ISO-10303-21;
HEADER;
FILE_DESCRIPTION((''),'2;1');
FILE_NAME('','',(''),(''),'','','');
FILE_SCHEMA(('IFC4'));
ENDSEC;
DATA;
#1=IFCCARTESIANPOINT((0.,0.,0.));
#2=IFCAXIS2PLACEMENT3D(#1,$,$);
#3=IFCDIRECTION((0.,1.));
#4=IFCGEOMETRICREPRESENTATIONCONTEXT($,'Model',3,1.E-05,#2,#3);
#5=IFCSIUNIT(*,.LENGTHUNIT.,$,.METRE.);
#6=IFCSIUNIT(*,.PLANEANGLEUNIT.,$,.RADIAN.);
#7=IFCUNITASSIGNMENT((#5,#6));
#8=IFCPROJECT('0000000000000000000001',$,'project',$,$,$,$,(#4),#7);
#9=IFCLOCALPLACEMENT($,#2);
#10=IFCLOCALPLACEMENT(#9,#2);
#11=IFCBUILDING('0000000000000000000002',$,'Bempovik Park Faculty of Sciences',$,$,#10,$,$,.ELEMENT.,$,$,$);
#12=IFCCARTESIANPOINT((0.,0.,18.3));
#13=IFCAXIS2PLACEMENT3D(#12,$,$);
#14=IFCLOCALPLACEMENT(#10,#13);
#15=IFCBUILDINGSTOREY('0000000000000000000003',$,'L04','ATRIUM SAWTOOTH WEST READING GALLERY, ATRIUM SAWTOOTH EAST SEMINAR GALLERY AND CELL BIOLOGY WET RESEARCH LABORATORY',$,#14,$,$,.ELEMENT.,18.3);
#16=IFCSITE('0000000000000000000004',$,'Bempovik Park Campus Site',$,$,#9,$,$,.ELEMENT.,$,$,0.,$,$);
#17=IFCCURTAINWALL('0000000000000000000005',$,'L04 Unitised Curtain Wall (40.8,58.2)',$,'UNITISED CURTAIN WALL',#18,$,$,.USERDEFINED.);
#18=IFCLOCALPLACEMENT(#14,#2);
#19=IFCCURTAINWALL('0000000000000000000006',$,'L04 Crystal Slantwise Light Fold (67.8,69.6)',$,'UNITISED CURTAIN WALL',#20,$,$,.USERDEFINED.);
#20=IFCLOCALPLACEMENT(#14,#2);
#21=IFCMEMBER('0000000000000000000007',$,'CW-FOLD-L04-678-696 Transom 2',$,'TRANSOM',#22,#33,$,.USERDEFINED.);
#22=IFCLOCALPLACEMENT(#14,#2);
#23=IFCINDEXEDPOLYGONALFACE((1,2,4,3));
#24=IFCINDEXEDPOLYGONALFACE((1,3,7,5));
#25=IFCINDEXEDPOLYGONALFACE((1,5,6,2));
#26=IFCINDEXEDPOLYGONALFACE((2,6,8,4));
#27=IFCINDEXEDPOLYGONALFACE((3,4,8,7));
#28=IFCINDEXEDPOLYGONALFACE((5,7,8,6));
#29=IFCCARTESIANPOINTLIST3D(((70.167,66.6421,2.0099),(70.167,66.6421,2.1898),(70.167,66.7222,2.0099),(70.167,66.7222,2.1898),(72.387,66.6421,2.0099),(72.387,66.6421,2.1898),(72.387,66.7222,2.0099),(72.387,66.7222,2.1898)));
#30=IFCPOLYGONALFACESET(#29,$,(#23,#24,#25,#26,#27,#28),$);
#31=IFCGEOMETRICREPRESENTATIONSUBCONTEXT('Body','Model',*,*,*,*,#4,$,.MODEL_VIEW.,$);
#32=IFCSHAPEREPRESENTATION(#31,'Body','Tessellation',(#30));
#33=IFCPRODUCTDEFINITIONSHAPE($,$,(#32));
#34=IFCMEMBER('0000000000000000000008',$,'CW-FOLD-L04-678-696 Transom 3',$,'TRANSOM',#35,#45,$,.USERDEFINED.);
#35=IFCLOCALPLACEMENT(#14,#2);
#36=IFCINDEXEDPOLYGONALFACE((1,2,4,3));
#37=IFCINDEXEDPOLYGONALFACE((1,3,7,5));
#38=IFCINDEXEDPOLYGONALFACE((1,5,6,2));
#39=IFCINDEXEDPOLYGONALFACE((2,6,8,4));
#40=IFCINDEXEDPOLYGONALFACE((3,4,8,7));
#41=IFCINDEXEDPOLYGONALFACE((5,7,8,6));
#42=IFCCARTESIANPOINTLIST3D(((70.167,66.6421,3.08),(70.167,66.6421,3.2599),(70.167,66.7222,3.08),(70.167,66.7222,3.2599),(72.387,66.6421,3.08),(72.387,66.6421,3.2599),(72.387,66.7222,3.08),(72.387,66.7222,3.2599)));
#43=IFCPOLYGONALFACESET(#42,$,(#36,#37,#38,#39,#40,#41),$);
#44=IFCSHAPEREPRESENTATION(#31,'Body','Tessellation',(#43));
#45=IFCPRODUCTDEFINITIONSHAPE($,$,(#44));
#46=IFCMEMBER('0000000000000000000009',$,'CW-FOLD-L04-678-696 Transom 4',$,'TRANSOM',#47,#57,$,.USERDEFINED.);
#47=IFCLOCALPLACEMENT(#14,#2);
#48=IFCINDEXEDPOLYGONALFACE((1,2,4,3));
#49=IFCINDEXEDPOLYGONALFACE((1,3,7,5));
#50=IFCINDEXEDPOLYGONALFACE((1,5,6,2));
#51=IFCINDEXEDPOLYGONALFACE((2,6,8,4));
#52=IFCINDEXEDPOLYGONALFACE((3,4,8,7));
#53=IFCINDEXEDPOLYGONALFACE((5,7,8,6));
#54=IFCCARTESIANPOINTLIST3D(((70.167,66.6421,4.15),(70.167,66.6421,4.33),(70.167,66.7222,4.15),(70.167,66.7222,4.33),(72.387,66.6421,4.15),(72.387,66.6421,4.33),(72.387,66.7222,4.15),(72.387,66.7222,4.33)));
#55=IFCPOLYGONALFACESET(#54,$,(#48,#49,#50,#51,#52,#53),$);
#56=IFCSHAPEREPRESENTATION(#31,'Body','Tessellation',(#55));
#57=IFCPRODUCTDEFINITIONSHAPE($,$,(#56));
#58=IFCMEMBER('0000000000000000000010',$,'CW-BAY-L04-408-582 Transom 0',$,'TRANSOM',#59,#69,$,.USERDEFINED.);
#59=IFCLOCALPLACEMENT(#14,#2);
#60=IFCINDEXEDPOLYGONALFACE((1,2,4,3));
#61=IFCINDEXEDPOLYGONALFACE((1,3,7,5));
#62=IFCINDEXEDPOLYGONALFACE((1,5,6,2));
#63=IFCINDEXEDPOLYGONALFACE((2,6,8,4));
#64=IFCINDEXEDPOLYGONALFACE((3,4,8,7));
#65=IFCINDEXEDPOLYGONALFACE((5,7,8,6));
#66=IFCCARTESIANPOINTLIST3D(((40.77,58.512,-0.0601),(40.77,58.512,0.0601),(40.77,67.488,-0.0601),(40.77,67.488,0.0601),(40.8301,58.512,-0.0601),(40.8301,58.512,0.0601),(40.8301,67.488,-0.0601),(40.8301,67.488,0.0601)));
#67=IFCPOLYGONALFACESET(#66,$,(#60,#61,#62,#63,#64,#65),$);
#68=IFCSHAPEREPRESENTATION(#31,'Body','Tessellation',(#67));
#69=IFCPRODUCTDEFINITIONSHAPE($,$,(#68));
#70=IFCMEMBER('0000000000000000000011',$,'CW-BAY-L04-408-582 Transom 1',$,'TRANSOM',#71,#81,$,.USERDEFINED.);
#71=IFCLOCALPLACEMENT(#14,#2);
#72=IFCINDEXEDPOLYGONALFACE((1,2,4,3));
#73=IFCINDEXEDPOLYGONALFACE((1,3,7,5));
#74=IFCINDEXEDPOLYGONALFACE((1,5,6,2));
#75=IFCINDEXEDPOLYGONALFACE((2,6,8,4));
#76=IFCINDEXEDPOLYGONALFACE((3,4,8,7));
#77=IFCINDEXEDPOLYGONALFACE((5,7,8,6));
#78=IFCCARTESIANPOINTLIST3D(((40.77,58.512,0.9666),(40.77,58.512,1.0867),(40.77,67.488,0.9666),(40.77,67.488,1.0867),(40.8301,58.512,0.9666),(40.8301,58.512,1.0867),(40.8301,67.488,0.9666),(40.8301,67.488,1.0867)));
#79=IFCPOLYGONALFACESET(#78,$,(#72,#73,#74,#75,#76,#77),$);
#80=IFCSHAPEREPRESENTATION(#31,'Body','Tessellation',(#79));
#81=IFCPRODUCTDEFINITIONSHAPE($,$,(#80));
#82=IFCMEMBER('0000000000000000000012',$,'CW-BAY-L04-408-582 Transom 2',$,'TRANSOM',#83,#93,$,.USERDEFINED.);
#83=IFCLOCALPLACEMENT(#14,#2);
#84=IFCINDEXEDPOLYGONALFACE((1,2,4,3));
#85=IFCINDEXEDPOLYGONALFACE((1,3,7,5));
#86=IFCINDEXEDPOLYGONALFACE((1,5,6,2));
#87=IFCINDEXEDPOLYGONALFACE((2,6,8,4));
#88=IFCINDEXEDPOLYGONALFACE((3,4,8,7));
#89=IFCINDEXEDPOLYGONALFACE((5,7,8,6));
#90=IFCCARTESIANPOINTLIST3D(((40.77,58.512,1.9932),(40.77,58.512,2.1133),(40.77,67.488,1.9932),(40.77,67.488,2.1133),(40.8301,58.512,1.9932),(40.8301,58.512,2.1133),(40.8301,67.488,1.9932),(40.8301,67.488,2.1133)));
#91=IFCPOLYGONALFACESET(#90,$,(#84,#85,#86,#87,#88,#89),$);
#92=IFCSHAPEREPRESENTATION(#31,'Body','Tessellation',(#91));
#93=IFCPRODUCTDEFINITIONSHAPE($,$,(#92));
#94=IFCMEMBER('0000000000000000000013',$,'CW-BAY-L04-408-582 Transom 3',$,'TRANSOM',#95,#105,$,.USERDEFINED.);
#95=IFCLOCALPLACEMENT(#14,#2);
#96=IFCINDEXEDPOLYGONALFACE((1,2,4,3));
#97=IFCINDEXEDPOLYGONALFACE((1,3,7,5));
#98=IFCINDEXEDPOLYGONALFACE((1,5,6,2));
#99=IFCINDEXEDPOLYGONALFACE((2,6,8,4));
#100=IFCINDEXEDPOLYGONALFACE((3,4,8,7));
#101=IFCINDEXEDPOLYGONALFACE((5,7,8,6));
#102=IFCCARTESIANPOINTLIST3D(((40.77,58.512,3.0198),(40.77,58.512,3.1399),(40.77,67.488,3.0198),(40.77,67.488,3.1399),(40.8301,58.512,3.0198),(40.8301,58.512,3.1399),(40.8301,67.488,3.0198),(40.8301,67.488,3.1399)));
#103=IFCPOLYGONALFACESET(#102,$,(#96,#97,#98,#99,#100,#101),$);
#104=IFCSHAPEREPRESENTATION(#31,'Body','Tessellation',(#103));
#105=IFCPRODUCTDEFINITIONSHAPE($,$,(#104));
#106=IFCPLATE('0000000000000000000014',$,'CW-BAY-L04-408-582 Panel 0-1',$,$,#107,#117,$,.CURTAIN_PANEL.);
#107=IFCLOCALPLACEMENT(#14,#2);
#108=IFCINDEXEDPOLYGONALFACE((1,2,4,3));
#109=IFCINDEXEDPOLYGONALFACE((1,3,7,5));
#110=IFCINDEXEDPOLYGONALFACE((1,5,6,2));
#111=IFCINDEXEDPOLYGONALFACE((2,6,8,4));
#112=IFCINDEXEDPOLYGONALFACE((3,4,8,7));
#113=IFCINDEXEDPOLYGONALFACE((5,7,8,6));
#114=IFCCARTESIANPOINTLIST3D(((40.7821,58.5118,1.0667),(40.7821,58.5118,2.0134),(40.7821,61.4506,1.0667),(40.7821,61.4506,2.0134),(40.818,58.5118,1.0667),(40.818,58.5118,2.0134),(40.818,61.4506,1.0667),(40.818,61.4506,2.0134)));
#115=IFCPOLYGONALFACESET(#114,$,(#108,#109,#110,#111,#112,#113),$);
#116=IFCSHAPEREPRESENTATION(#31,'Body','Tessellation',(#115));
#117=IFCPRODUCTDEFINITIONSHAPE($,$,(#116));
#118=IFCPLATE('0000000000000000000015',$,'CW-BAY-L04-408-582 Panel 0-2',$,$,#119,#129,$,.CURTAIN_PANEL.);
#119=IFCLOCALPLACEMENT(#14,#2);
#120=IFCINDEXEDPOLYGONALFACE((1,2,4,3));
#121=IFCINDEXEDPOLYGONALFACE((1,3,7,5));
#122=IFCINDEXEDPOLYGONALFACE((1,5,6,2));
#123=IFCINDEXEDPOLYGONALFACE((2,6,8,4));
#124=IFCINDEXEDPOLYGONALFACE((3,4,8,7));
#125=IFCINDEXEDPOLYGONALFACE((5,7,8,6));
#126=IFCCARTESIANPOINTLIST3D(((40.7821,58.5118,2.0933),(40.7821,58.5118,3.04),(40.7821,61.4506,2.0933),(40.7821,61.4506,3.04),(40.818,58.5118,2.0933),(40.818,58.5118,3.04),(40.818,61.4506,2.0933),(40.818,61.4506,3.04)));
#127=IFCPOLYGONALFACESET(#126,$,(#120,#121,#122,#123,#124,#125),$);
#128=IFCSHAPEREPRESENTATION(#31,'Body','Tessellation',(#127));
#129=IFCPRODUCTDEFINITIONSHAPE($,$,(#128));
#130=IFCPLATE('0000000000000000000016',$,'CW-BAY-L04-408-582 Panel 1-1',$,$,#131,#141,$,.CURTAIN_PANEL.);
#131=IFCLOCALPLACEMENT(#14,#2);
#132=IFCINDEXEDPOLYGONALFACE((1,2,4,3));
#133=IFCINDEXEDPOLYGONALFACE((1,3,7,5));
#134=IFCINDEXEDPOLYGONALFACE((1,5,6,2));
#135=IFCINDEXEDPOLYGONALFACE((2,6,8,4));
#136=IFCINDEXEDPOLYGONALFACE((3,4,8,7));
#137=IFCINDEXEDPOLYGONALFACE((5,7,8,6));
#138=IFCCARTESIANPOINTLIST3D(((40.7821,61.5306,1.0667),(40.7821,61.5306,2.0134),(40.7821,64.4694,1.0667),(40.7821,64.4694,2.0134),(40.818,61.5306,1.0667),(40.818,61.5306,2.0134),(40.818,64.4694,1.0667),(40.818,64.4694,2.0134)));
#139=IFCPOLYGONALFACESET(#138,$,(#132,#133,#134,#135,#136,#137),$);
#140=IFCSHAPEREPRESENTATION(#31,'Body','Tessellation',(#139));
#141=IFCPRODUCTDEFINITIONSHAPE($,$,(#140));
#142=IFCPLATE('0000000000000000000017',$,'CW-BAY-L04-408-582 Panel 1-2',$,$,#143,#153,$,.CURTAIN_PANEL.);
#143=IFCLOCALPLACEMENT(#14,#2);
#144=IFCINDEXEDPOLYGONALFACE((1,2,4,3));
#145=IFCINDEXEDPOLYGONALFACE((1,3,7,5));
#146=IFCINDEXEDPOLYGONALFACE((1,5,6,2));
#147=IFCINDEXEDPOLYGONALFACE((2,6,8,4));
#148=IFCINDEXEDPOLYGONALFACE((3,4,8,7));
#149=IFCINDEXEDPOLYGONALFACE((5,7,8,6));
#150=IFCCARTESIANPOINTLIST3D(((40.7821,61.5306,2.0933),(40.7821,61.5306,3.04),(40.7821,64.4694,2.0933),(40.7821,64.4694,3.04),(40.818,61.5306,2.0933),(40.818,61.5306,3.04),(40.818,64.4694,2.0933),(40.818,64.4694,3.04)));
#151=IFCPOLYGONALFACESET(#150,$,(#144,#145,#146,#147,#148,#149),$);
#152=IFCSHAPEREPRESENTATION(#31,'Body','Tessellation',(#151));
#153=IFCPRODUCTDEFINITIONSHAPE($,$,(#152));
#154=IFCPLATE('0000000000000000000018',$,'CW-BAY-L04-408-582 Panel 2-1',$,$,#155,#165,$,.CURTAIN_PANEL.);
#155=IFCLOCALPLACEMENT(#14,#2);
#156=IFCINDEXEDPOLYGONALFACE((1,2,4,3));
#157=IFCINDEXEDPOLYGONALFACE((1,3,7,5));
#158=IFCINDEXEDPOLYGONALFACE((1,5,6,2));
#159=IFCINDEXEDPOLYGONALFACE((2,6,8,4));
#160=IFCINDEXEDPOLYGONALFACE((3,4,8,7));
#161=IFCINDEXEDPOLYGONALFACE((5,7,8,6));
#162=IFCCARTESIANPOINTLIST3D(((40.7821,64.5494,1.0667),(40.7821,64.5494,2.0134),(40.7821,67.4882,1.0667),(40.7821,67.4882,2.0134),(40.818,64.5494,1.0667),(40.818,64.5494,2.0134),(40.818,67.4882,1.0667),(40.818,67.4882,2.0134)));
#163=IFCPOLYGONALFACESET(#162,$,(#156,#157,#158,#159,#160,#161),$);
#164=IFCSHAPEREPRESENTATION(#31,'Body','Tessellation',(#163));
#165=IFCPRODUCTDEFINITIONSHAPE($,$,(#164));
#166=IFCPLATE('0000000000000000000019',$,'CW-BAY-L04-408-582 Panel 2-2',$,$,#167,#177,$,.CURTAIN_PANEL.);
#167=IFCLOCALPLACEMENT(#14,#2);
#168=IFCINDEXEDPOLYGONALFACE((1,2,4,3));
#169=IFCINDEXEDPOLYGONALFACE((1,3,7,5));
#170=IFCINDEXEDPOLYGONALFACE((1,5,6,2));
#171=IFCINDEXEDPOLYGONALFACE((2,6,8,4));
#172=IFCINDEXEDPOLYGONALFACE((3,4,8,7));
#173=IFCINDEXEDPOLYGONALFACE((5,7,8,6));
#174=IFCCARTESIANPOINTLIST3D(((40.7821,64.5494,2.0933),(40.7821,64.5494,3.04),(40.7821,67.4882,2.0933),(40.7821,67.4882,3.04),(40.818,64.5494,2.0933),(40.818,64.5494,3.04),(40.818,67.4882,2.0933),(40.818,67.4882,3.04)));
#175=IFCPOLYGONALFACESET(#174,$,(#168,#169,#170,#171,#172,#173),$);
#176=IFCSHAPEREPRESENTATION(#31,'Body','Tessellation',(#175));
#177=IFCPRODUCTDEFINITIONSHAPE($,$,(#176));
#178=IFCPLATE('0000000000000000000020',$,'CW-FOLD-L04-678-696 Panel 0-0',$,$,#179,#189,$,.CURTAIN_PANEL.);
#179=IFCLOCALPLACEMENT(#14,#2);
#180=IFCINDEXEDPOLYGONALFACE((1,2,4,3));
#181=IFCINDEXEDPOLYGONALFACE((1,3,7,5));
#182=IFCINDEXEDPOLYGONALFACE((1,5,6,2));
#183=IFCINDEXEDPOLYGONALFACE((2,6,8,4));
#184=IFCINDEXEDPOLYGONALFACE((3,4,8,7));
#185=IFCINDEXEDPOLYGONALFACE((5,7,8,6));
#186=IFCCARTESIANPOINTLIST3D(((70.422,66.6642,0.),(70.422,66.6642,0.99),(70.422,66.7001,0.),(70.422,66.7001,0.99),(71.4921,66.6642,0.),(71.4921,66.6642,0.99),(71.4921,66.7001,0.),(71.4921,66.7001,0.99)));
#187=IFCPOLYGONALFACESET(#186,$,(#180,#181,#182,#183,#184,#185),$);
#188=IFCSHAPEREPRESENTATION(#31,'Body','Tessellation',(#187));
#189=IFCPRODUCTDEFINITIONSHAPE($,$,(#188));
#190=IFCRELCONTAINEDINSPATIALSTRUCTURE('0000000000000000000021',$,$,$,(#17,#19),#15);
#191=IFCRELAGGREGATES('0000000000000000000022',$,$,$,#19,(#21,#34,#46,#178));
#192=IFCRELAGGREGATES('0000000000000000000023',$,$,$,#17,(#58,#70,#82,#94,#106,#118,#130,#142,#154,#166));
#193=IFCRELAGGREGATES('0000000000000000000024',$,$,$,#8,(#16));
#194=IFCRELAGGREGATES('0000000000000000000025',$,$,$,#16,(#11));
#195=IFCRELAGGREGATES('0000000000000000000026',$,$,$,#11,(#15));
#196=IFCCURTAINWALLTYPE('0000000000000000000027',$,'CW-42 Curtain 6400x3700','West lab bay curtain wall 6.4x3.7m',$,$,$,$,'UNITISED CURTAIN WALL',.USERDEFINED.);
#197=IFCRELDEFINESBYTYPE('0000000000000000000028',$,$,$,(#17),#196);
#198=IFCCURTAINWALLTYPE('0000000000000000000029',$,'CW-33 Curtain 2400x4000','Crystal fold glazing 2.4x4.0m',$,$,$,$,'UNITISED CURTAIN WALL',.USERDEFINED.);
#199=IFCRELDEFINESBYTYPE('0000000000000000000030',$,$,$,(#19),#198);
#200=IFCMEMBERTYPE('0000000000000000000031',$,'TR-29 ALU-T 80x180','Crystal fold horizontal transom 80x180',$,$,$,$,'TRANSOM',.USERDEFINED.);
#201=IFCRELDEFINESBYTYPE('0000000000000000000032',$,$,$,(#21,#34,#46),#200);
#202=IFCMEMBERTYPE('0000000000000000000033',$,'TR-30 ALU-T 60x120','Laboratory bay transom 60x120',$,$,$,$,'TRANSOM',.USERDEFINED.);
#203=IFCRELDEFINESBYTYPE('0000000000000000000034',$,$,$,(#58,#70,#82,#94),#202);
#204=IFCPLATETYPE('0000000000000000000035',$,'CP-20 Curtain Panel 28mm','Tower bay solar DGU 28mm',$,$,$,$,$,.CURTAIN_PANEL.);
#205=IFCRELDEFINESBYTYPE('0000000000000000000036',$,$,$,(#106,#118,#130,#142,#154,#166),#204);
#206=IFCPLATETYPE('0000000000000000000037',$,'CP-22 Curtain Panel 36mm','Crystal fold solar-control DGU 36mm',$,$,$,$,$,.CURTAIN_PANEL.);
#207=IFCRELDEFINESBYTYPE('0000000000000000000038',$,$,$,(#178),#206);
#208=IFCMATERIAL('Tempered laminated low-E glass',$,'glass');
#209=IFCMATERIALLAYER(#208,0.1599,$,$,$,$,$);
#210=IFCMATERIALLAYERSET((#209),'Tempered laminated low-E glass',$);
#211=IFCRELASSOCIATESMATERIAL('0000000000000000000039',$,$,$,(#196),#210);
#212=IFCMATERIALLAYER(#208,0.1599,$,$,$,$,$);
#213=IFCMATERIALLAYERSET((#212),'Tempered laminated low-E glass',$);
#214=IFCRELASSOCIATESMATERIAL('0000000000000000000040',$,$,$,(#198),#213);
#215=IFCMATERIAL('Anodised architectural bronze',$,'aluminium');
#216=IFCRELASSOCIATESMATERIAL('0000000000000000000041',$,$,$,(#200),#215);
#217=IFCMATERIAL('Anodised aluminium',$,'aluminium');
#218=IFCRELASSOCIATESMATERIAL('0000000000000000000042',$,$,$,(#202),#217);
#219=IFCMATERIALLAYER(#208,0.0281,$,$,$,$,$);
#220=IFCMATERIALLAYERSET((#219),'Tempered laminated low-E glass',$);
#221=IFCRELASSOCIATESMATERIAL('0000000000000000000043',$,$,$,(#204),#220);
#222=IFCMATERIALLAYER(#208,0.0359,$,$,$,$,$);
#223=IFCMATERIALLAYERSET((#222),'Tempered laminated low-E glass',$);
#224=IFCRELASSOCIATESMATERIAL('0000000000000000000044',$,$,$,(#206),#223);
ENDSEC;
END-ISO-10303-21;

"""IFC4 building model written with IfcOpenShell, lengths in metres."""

from ifc_helpers import new_model, si_unit, direction, frame, origin, origin_2d, place, context, subcontext, project, spatial, rectangle, extrude, material, layer, layer_set, material_profile, profile_set, type_object, element, aggregate, save


model = new_model("IFC4")

# Units and contexts
model_context = context("Model", 3, precision=1e-05, world=origin(), true_north=direction((0.0, 1.0)))
body_context = subcontext(model_context, "Body", "Model", "MODEL_VIEW")
ifc_project = project(units=[si_unit("LENGTHUNIT", "METRE"), si_unit("PLANEANGLEUNIT", "RADIAN")], contexts=[model_context])

# Site, building, storey
site_placement = place(None, origin())
site = spatial("IfcSite", under=ifc_project, at=site_placement, Name="Bempovik Park Campus Site", CompositionType="ELEMENT", RefElevation=0.0)
building_placement = place(site_placement, origin())
building = spatial("IfcBuilding", under=site, at=building_placement, Name="Bempovik Park Faculty of Sciences", CompositionType="ELEMENT")
storey_placement = place(building_placement, frame((0.0, 0.0, 18.3)))
storey = spatial("IfcBuildingStorey", under=building, at=storey_placement, Name="L04", Description="ATRIUM SAWTOOTH WEST READING GALLERY, ATRIUM SAWTOOTH EAST SEMINAR GALLERY AND CELL BIOLOGY WET RESEARCH LABORATORY", CompositionType="ELEMENT", Elevation=18.3)

# Curtain wall
ifc_material_1 = material(Name="Tempered laminated low-E glass", Category="glass")
ifc_layer_1 = layer(ifc_material_1, 0.1599)
ifc_layer_set_1 = layer_set([ifc_layer_1], Name="Tempered laminated low-E glass")
curtain_wall_type_1 = type_object("IfcCurtainWallType", Name="CW-42 Curtain 6400x3700", Description="West lab bay curtain wall 6.4x3.7m", ElementType="UNITISED CURTAIN WALL", PredefinedType="USERDEFINED", material=ifc_layer_set_1)
curtain_wall_1_placement = place(storey_placement, origin())
curtain_wall_1 = element("IfcCurtainWall", 1, at=curtain_wall_1_placement, inside=storey, type_object=curtain_wall_type_1, Name="L04 Unitised Curtain Wall (40.8,58.2)", ObjectType="UNITISED CURTAIN WALL", PredefinedType="USERDEFINED")
ifc_material_2 = material(Name="Anodised aluminium", Category="aluminium")

# Shared definitions
ifc_layer_2 = layer(ifc_material_1, 0.1599)
ifc_layer_set_2 = layer_set([ifc_layer_2], Name="Tempered laminated low-E glass")
curtain_wall_type_2 = type_object("IfcCurtainWallType", Name="CW-33 Curtain 2400x4000", Description="Crystal fold glazing 2.4x4.0m", ElementType="UNITISED CURTAIN WALL", PredefinedType="USERDEFINED", material=ifc_layer_set_2)
ifc_material_3 = material(Name="Anodised architectural bronze", Category="aluminium")

# Curtain wall
curtain_wall_2_placement = place(storey_placement, origin())
curtain_wall_2 = element("IfcCurtainWall", 2, at=curtain_wall_2_placement, inside=storey, type_object=curtain_wall_type_2, Name="L04 Crystal Slantwise Light Fold (67.8,69.6)", ObjectType="UNITISED CURTAIN WALL", PredefinedType="USERDEFINED")

# Members
ifc_material_profile_1 = material_profile(ifc_material_3, rectangle(XDim=0.0801, YDim=0.1799, at=origin_2d()), Name="ALU-T 80x180")
ifc_profile_set_1 = profile_set([ifc_material_profile_1], Name="Anodised architectural bronze")
member_type_1 = type_object("IfcMemberType", Name="TR-29 ALU-T 80x180", Description="Crystal fold horizontal transom 80x180", ElementType="TRANSOM", PredefinedType="USERDEFINED", material=ifc_profile_set_1)
member_1_placement = place(storey_placement, frame((70.167, 66.6821, 2.0999), z_axis=(1.0, 0.0, 0.0), x_axis=(0.0, 1.0, 0.0)))
member_1 = element("IfcMember", 3, at=member_1_placement, type_object=member_type_1, Name="CW-FOLD-L04-678-696 Transom 2", ObjectType="TRANSOM", PredefinedType="USERDEFINED", context=body_context, shape_type="SweptSolid", body=[
    extrude(rectangle(XDim=0.0801, YDim=0.1799, at=origin_2d()), origin(), (0.0, 0.0, 1.0), 2.22),
])
member_2_placement = place(storey_placement, frame((70.167, 66.6821, 3.1699), z_axis=(1.0, 0.0, 0.0), x_axis=(0.0, 1.0, 0.0)))
member_2 = element("IfcMember", 4, at=member_2_placement, type_object=member_type_1, Name="CW-FOLD-L04-678-696 Transom 3", ObjectType="TRANSOM", PredefinedType="USERDEFINED", context=body_context, shape_type="SweptSolid", body=[
    extrude(rectangle(XDim=0.0801, YDim=0.1799, at=origin_2d()), origin(), (0.0, 0.0, 1.0), 2.22),
])
member_3_placement = place(storey_placement, frame((70.167, 66.6821, 4.24), z_axis=(1.0, 0.0, 0.0), x_axis=(0.0, 1.0, 0.0)))
member_3 = element("IfcMember", 5, at=member_3_placement, type_object=member_type_1, Name="CW-FOLD-L04-678-696 Transom 4", ObjectType="TRANSOM", PredefinedType="USERDEFINED", context=body_context, shape_type="SweptSolid", body=[
    extrude(rectangle(XDim=0.0801, YDim=0.1799, at=origin_2d()), origin(), (0.0, 0.0, 1.0), 2.22),
])
ifc_material_profile_2 = material_profile(ifc_material_2, rectangle(XDim=0.0601, YDim=0.1201, at=origin_2d()), Name="ALU-T 60x120")
ifc_profile_set_2 = profile_set([ifc_material_profile_2], Name="Anodised aluminium")
member_type_2 = type_object("IfcMemberType", Name="TR-30 ALU-T 60x120", Description="Laboratory bay transom 60x120", ElementType="TRANSOM", PredefinedType="USERDEFINED", material=ifc_profile_set_2)
member_4_placement = place(storey_placement, frame((40.8, 58.512, 0.0), z_axis=(0.0, 1.0, 0.0), x_axis=(-1.0, 0.0, 0.0)))
member_4 = element("IfcMember", 6, at=member_4_placement, type_object=member_type_2, Name="CW-BAY-L04-408-582 Transom 0", ObjectType="TRANSOM", PredefinedType="USERDEFINED", context=body_context, shape_type="SweptSolid", body=[
    extrude(rectangle(XDim=0.0601, YDim=0.1201, at=origin_2d()), origin(), (0.0, 0.0, 1.0), 8.9761),
])
member_5_placement = place(storey_placement, frame((40.8, 58.512, 1.0266), z_axis=(0.0, 1.0, 0.0), x_axis=(-1.0, 0.0, 0.0)))
member_5 = element("IfcMember", 7, at=member_5_placement, type_object=member_type_2, Name="CW-BAY-L04-408-582 Transom 1", ObjectType="TRANSOM", PredefinedType="USERDEFINED", context=body_context, shape_type="SweptSolid", body=[
    extrude(rectangle(XDim=0.0601, YDim=0.1201, at=origin_2d()), origin(), (0.0, 0.0, 1.0), 8.9761),
])
member_6_placement = place(storey_placement, frame((40.8, 58.512, 2.0532), z_axis=(0.0, 1.0, 0.0), x_axis=(-1.0, 0.0, 0.0)))
member_6 = element("IfcMember", 8, at=member_6_placement, type_object=member_type_2, Name="CW-BAY-L04-408-582 Transom 2", ObjectType="TRANSOM", PredefinedType="USERDEFINED", context=body_context, shape_type="SweptSolid", body=[
    extrude(rectangle(XDim=0.0601, YDim=0.1201, at=origin_2d()), origin(), (0.0, 0.0, 1.0), 8.9761),
])
member_7_placement = place(storey_placement, frame((40.8, 58.512, 3.0798), z_axis=(0.0, 1.0, 0.0), x_axis=(-1.0, 0.0, 0.0)))
member_7 = element("IfcMember", 9, at=member_7_placement, type_object=member_type_2, Name="CW-BAY-L04-408-582 Transom 3", ObjectType="TRANSOM", PredefinedType="USERDEFINED", context=body_context, shape_type="SweptSolid", body=[
    extrude(rectangle(XDim=0.0601, YDim=0.1201, at=origin_2d()), origin(), (0.0, 0.0, 1.0), 8.9761),
])

# Plates
ifc_layer_3 = layer(ifc_material_1, 0.0281)
ifc_layer_set_3 = layer_set([ifc_layer_3], Name="Tempered laminated low-E glass")
plate_type_1 = type_object("IfcPlateType", Name="CP-20 Curtain Panel 28mm", Description="Tower bay solar DGU 28mm", PredefinedType="CURTAIN_PANEL", material=ifc_layer_set_3)
plate_1_placement = place(storey_placement, frame((40.8, 59.9812, 1.0667), z_axis=(0.0, 0.0, 1.0), x_axis=(0.0, 1.0, 0.0)))
plate_1 = element("IfcPlate", 10, at=plate_1_placement, type_object=plate_type_1, Name="CW-BAY-L04-408-582 Panel 0-1", PredefinedType="CURTAIN_PANEL", context=body_context, shape_type="SweptSolid", body=[
    extrude(rectangle(XDim=2.9387, YDim=0.0359, at=origin_2d()), origin(), (0.0, 0.0, 1.0), 0.9468),
])
plate_2_placement = place(storey_placement, frame((40.8, 59.9812, 2.0933), z_axis=(0.0, 0.0, 1.0), x_axis=(0.0, 1.0, 0.0)))
plate_2 = element("IfcPlate", 11, at=plate_2_placement, type_object=plate_type_1, Name="CW-BAY-L04-408-582 Panel 0-2", PredefinedType="CURTAIN_PANEL", context=body_context, shape_type="SweptSolid", body=[
    extrude(rectangle(XDim=2.9387, YDim=0.0359, at=origin_2d()), origin(), (0.0, 0.0, 1.0), 0.9468),
])
plate_3_placement = place(storey_placement, frame((40.8, 63.0, 1.0667), z_axis=(0.0, 0.0, 1.0), x_axis=(0.0, 1.0, 0.0)))
plate_3 = element("IfcPlate", 12, at=plate_3_placement, type_object=plate_type_1, Name="CW-BAY-L04-408-582 Panel 1-1", PredefinedType="CURTAIN_PANEL", context=body_context, shape_type="SweptSolid", body=[
    extrude(rectangle(XDim=2.9387, YDim=0.0359, at=origin_2d()), origin(), (0.0, 0.0, 1.0), 0.9468),
])
plate_4_placement = place(storey_placement, frame((40.8, 63.0, 2.0933), z_axis=(0.0, 0.0, 1.0), x_axis=(0.0, 1.0, 0.0)))
plate_4 = element("IfcPlate", 13, at=plate_4_placement, type_object=plate_type_1, Name="CW-BAY-L04-408-582 Panel 1-2", PredefinedType="CURTAIN_PANEL", context=body_context, shape_type="SweptSolid", body=[
    extrude(rectangle(XDim=2.9387, YDim=0.0359, at=origin_2d()), origin(), (0.0, 0.0, 1.0), 0.9468),
])
plate_5_placement = place(storey_placement, frame((40.8, 66.0188, 1.0667), z_axis=(0.0, 0.0, 1.0), x_axis=(0.0, 1.0, 0.0)))
plate_5 = element("IfcPlate", 14, at=plate_5_placement, type_object=plate_type_1, Name="CW-BAY-L04-408-582 Panel 2-1", PredefinedType="CURTAIN_PANEL", context=body_context, shape_type="SweptSolid", body=[
    extrude(rectangle(XDim=2.9387, YDim=0.0359, at=origin_2d()), origin(), (0.0, 0.0, 1.0), 0.9468),
])
plate_6_placement = place(storey_placement, frame((40.8, 66.0188, 2.0933), z_axis=(0.0, 0.0, 1.0), x_axis=(0.0, 1.0, 0.0)))
plate_6 = element("IfcPlate", 15, at=plate_6_placement, type_object=plate_type_1, Name="CW-BAY-L04-408-582 Panel 2-2", PredefinedType="CURTAIN_PANEL", context=body_context, shape_type="SweptSolid", body=[
    extrude(rectangle(XDim=2.9387, YDim=0.0359, at=origin_2d()), origin(), (0.0, 0.0, 1.0), 0.9468),
])
ifc_layer_4 = layer(ifc_material_1, 0.0359)
ifc_layer_set_4 = layer_set([ifc_layer_4], Name="Tempered laminated low-E glass")
plate_type_2 = type_object("IfcPlateType", Name="CP-22 Curtain Panel 36mm", Description="Crystal fold solar-control DGU 36mm", PredefinedType="CURTAIN_PANEL", material=ifc_layer_set_4)
plate_7_placement = place(storey_placement, frame((70.957, 66.6821, 0.0), z_axis=(0.0, 0.0, 1.0), x_axis=(1.0, 0.0, 0.0)))
plate_7 = element("IfcPlate", 16, at=plate_7_placement, type_object=plate_type_2, Name="CW-FOLD-L04-678-696 Panel 0-0", PredefinedType="CURTAIN_PANEL", context=body_context, shape_type="SweptSolid", body=[
    extrude(rectangle(XDim=1.0701, YDim=0.0359, at=origin_2d()), origin(), (0.0, 0.0, 1.0), 0.99),
])
aggregate(curtain_wall_2, [member_1, member_2, member_3, plate_7])
aggregate(curtain_wall_1, [member_4, member_5, member_6, member_7, plate_1, plate_2, plate_3, plate_4, plate_5, plate_6])

save(model, "model.ifc")
